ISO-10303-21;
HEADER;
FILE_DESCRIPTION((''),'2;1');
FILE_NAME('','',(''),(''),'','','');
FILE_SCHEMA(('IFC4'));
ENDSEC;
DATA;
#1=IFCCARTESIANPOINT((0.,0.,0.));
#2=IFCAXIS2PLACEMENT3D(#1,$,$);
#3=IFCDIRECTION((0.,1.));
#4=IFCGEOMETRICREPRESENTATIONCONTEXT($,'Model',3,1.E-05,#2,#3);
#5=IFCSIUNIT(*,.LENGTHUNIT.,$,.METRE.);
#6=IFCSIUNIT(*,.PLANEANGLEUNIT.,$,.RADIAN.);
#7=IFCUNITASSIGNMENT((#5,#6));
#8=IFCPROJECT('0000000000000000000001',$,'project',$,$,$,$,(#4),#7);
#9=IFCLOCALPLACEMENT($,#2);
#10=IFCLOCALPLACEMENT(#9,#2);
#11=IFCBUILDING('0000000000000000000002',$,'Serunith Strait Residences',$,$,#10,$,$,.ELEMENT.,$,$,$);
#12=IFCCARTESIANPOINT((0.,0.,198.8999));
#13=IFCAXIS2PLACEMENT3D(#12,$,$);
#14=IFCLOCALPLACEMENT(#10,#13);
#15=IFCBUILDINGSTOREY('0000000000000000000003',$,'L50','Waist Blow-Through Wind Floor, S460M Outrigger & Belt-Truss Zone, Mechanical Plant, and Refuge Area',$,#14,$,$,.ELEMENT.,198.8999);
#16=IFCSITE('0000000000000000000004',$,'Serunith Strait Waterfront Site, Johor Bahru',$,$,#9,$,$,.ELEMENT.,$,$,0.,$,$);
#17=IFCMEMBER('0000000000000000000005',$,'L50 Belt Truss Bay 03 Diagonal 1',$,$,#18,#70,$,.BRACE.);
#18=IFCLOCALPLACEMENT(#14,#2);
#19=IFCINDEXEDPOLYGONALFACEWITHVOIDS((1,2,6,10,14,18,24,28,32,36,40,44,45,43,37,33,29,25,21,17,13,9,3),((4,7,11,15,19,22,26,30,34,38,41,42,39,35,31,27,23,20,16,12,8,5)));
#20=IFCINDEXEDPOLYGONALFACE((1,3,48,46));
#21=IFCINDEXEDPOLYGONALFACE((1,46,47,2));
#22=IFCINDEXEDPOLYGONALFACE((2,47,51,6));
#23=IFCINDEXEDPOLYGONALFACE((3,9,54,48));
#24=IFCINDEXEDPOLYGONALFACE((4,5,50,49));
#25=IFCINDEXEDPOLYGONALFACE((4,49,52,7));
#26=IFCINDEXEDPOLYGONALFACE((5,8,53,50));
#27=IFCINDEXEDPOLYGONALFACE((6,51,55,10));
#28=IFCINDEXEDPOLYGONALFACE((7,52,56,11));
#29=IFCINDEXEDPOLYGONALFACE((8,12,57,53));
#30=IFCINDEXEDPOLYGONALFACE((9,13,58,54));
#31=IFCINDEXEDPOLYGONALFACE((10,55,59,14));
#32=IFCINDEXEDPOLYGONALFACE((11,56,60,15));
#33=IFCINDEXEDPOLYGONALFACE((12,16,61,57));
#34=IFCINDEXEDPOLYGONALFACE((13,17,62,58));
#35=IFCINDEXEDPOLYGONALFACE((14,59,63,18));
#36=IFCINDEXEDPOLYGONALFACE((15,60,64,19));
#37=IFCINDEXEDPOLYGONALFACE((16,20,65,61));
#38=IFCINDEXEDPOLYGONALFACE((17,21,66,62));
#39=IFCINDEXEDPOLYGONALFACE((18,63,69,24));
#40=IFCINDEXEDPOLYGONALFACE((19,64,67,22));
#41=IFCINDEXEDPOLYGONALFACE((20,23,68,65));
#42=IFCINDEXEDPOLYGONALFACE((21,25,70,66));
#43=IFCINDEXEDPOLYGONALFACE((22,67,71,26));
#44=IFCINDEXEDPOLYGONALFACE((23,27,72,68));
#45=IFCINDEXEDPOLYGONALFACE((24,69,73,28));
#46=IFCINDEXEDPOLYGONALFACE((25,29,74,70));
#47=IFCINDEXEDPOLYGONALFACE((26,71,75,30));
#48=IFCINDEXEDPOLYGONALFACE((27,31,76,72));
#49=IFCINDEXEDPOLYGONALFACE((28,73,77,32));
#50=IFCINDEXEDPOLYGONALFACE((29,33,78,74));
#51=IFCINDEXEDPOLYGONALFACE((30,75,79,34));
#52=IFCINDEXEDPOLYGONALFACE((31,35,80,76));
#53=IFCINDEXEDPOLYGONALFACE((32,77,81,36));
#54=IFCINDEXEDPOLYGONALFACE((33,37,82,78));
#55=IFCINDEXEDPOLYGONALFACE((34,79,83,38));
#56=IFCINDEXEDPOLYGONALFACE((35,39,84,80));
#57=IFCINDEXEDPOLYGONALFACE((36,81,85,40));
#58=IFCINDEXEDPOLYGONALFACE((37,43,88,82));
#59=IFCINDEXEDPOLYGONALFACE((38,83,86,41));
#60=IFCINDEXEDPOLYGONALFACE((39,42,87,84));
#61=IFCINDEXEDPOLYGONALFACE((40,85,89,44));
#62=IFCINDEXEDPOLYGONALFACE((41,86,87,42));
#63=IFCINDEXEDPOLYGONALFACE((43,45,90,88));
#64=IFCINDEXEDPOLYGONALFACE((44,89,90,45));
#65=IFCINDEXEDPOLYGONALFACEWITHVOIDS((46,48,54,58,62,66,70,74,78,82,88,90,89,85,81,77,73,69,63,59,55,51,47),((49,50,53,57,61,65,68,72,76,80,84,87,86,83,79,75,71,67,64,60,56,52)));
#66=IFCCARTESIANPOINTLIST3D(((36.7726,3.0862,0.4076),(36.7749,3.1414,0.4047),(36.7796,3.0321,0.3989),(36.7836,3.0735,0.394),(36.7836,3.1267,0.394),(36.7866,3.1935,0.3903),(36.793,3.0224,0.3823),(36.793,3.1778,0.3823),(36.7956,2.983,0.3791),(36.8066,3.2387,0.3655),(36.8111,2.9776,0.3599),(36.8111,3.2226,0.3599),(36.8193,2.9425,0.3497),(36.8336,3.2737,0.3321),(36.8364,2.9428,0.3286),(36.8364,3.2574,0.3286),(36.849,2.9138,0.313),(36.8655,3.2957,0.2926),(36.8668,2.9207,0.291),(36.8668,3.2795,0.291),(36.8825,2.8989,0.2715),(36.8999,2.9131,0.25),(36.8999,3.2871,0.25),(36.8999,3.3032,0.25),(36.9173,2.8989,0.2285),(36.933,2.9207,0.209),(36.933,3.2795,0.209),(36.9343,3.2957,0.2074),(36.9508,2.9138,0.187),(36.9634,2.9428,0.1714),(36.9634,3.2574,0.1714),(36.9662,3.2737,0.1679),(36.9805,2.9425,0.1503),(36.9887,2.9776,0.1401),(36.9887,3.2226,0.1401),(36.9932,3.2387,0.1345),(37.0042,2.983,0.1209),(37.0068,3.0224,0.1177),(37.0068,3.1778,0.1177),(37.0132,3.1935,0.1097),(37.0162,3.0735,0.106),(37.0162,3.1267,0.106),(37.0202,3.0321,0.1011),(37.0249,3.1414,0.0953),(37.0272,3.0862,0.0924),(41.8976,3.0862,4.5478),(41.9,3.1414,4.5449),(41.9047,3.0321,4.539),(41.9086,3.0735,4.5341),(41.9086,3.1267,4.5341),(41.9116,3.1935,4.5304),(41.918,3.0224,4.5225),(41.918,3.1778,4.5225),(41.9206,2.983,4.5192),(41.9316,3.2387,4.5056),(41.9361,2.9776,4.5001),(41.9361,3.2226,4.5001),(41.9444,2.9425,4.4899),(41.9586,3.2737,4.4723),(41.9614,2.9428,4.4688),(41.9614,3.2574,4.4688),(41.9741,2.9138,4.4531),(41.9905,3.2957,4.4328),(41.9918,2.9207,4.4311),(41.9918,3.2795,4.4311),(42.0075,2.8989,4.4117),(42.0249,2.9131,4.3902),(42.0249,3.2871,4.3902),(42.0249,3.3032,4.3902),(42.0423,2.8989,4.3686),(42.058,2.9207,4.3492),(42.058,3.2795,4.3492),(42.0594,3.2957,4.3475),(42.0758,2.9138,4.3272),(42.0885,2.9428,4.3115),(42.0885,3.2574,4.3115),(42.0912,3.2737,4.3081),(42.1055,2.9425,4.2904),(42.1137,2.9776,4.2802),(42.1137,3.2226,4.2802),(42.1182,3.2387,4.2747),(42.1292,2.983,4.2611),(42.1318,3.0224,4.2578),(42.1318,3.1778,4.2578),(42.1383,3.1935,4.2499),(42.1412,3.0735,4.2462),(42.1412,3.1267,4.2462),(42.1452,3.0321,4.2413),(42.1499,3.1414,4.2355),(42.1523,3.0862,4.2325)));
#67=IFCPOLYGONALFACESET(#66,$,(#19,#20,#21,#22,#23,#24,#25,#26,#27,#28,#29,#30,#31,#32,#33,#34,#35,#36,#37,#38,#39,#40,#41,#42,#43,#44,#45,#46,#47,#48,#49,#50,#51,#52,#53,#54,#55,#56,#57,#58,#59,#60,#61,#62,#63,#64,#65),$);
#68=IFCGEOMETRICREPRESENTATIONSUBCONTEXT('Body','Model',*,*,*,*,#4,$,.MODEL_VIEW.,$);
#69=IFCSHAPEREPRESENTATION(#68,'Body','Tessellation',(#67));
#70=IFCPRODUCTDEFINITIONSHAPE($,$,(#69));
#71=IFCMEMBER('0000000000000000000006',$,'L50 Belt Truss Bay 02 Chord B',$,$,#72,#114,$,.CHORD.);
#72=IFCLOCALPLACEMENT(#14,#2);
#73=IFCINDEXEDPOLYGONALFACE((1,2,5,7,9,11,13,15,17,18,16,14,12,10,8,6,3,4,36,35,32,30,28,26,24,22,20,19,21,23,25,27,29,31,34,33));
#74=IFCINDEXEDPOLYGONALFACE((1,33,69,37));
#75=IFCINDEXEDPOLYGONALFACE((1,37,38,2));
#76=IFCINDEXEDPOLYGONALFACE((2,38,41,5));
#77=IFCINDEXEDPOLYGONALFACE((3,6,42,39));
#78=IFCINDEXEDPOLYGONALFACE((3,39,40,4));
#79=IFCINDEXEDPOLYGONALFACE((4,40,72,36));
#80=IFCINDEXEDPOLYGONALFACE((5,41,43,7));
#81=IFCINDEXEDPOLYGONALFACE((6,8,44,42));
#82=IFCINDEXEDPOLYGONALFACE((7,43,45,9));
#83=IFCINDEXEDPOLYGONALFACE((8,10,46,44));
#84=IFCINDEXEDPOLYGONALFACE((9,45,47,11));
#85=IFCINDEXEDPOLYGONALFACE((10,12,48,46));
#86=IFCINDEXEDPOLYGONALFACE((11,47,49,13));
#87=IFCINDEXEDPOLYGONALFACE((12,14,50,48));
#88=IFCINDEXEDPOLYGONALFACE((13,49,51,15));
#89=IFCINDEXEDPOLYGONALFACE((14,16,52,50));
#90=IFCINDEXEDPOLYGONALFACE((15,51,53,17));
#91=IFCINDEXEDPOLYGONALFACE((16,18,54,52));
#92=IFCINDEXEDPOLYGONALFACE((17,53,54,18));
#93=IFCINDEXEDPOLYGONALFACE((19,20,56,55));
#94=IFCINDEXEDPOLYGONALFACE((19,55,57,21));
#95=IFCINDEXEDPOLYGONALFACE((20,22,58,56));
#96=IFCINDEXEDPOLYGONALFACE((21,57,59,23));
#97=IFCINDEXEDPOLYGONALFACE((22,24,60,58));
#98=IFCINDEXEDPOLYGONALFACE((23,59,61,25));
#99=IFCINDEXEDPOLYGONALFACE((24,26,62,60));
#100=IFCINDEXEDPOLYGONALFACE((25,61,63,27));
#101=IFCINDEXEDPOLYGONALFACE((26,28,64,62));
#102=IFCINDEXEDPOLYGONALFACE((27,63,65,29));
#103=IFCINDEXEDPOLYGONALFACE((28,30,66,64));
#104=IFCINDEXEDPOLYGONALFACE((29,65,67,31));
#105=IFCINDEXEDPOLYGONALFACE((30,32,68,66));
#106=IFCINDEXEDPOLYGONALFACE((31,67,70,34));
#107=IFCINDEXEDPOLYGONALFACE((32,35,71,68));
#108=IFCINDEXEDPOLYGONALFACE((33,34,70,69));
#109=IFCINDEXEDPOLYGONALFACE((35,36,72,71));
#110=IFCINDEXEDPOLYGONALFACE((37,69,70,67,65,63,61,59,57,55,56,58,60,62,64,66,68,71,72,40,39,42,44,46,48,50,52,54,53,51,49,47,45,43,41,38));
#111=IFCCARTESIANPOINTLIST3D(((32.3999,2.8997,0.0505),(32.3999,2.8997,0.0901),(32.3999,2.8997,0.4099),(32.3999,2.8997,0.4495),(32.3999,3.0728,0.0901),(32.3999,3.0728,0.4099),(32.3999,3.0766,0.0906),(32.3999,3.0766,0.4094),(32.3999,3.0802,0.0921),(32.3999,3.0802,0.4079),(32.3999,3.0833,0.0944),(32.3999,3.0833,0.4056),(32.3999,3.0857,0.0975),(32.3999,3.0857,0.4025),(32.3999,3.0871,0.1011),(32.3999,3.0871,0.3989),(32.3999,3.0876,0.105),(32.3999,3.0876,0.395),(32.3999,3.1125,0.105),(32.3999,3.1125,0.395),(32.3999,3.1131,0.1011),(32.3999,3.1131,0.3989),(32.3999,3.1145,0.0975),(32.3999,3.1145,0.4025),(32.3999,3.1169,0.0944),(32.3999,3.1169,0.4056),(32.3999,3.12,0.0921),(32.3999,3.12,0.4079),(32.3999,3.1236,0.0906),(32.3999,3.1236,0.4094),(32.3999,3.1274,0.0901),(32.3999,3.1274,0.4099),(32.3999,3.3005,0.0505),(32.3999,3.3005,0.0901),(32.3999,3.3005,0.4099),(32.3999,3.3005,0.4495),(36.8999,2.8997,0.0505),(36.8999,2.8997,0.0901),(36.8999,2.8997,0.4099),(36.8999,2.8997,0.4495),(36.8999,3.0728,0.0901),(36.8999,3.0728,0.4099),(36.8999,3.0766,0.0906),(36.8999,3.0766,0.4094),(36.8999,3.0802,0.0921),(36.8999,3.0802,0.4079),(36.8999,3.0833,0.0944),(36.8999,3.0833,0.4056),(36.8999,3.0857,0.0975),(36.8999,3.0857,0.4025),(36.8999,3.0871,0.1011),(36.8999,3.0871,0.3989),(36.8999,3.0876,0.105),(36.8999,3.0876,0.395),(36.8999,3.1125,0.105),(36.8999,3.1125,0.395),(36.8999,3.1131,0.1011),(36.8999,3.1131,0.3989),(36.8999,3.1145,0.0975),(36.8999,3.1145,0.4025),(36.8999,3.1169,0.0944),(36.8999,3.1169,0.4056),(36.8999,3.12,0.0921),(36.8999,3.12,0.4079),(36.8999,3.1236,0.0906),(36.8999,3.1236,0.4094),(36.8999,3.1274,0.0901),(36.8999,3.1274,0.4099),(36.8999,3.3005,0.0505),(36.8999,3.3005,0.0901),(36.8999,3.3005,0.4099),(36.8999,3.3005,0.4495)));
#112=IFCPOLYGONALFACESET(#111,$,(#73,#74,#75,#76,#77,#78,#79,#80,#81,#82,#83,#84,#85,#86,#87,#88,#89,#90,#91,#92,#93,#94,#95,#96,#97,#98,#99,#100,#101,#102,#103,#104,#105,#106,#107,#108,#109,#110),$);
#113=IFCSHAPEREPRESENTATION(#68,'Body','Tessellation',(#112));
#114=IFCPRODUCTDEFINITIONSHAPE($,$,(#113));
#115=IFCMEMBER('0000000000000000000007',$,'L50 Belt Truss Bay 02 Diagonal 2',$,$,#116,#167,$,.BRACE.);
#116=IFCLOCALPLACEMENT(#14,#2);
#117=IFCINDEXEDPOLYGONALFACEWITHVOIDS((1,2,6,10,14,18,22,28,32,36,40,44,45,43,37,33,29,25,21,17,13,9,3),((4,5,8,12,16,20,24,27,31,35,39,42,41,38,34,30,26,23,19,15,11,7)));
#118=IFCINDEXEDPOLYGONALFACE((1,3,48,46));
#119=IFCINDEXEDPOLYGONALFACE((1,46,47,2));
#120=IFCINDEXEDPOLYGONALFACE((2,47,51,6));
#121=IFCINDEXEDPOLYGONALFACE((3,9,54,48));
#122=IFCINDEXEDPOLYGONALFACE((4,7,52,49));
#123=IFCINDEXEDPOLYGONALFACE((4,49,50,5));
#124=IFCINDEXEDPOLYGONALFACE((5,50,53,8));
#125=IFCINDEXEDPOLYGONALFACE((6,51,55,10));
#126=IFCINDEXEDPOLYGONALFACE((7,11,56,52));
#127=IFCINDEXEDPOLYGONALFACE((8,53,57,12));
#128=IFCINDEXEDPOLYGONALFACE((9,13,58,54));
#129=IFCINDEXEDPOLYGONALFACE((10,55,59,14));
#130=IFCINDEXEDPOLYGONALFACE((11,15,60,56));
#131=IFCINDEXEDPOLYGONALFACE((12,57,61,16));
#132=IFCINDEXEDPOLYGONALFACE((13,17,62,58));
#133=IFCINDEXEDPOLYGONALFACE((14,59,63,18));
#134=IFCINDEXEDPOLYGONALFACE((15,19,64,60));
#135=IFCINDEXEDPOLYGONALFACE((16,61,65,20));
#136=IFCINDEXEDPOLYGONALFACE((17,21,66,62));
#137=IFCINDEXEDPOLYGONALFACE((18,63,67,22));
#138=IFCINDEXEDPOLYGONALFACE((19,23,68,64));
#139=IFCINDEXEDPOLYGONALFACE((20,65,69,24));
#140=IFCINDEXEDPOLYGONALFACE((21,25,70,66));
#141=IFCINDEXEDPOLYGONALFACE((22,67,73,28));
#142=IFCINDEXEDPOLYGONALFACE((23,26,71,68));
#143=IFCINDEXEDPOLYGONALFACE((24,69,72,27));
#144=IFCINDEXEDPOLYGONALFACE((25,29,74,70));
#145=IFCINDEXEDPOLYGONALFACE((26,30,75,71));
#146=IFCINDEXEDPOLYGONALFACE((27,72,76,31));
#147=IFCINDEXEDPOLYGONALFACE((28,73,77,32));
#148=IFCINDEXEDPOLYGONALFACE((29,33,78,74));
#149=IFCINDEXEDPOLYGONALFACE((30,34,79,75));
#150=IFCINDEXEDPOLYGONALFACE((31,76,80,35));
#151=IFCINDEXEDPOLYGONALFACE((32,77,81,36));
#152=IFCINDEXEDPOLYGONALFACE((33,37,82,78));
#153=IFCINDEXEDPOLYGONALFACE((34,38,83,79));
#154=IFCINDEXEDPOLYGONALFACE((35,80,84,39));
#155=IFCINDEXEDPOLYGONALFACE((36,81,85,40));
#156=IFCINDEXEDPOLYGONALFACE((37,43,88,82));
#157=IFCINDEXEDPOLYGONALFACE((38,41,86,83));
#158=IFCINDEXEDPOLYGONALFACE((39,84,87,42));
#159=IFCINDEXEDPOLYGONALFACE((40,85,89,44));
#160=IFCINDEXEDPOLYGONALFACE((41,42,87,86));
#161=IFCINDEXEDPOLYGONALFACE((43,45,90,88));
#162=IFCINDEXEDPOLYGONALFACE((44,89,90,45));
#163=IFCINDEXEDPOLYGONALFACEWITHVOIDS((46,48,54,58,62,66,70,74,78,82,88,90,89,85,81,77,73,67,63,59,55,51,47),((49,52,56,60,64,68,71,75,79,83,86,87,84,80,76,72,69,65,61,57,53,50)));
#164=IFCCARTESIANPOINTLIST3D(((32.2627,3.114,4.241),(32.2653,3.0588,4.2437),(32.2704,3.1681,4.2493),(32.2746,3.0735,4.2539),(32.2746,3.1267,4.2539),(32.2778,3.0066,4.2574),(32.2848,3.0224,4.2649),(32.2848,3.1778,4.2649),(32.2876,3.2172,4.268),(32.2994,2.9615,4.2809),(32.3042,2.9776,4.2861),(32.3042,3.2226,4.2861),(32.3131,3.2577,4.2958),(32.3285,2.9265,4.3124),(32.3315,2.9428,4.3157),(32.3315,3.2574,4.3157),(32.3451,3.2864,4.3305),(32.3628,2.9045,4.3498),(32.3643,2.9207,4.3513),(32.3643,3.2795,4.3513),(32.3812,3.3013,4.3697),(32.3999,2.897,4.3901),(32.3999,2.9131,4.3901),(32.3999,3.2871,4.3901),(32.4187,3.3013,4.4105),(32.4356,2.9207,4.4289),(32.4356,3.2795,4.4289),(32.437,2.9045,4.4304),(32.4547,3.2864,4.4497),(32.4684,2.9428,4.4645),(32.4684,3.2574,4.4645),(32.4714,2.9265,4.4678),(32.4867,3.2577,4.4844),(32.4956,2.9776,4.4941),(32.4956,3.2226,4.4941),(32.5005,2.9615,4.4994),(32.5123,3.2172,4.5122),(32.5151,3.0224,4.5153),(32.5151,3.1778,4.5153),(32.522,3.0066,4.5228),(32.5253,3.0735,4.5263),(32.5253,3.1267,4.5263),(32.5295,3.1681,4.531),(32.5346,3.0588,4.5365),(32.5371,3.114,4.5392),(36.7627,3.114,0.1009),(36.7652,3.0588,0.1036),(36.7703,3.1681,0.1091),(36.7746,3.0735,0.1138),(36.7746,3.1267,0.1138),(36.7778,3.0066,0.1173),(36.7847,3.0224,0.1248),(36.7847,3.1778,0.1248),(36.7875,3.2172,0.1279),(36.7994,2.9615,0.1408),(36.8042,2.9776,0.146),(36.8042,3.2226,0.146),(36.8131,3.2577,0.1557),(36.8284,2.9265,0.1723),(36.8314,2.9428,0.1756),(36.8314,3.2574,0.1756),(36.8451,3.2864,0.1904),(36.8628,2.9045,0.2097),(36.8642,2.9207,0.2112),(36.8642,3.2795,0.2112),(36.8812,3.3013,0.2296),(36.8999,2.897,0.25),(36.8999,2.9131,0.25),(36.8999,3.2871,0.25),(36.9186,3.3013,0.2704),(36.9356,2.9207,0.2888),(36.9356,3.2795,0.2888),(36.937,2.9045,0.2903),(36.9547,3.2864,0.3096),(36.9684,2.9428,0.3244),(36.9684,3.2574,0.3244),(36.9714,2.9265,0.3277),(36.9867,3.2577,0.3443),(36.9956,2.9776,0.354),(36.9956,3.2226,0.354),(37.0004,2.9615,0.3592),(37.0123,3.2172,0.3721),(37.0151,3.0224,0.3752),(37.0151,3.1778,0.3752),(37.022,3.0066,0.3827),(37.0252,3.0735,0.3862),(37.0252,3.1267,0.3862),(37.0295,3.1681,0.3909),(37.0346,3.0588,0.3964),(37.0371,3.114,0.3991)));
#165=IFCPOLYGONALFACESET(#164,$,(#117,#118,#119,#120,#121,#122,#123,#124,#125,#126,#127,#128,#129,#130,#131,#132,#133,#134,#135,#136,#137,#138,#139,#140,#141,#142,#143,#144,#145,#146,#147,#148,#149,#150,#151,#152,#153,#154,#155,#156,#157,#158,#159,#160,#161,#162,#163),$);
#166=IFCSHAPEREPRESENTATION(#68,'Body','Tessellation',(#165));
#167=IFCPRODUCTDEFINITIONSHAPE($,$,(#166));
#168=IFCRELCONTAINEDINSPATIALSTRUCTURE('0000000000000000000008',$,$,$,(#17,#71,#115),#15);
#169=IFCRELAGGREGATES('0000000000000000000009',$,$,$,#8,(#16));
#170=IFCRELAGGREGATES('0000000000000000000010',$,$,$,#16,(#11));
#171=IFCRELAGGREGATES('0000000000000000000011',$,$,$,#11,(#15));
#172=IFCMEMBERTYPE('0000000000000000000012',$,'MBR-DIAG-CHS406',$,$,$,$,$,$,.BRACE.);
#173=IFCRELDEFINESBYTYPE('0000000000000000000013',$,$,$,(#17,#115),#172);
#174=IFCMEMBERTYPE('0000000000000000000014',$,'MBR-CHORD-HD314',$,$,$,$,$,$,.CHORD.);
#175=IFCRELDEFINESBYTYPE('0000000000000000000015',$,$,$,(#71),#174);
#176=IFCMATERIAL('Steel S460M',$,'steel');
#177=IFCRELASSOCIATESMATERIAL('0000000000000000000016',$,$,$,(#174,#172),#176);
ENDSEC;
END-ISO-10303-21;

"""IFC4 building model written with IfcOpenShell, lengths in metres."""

from ifc_helpers import new_model, si_unit, direction, frame, origin, origin_2d, place, context, subcontext, project, spatial, hollow_circle, i_section, extrude, source, transform, mapped, material, material_profile, profile_set, type_object, element, save


model = new_model("IFC4")

# Units and contexts
model_context = context("Model", 3, precision=1e-05, world=origin(), true_north=direction((0.0, 1.0)))
body_context = subcontext(model_context, "Body", "Model", "MODEL_VIEW")
ifc_project = project(units=[si_unit("LENGTHUNIT", "METRE"), si_unit("PLANEANGLEUNIT", "RADIAN")], contexts=[model_context])

# Site, building, storey
site_placement = place(None, origin())
site = spatial("IfcSite", under=ifc_project, at=site_placement, Name="Serunith Strait Waterfront Site, Johor Bahru", CompositionType="ELEMENT", RefElevation=0.0)
building_placement = place(site_placement, origin())
building = spatial("IfcBuilding", under=site, at=building_placement, Name="Serunith Strait Residences", CompositionType="ELEMENT")
storey_placement = place(building_placement, frame((0.0, 0.0, 198.8999)))
storey = spatial("IfcBuildingStorey", under=building, at=storey_placement, Name="L50", Description="Waist Blow-Through Wind Floor, S460M Outrigger & Belt-Truss Zone, Mechanical Plant, and Refuge Area", CompositionType="ELEMENT", Elevation=198.8999)

# Members
ifc_material_1 = material(Name="Steel S460M", Category="steel")
ifc_material_profile_1 = material_profile(ifc_material_1, i_section(OverallWidth=0.4009, OverallDepth=0.3989, WebThickness=0.0249, FlangeThickness=0.0396, FilletRadius=0.0149, at=origin_2d()), Name="HD 400x314")
ifc_profile_set_1 = profile_set([ifc_material_profile_1], Name="Steel S460M")
member_type_1 = type_object("IfcMemberType", Name="MBR-CHORD-HD314", PredefinedType="CHORD", material=ifc_profile_set_1)
ifc_material_profile_2 = material_profile(ifc_material_1, hollow_circle(Radius=0.2031, WallThickness=0.0161, at=origin_2d()), Name="CHS 406.4x16")
ifc_profile_set_2 = profile_set([ifc_material_profile_2], Name="Steel S460M")
member_type_2 = type_object("IfcMemberType", Name="MBR-DIAG-CHS406", PredefinedType="BRACE", material=ifc_profile_set_2)
shared_shape_1 = source(origin(), body_context, "Body", "SweptSolid", [
    extrude(hollow_circle(Radius=0.2031, WallThickness=0.0161, at=origin_2d()), origin(), (0.0, 0.0, 1.0), 6.5884),
])
member_1_placement = place(storey_placement, frame((36.8999, 3.1001, 0.25), z_axis=(0.777888, 0.0, 0.628403), x_axis=(0.0, 1.0, 0.0)))
element("IfcMember", 1, at=member_1_placement, inside=storey, type_object=member_type_2, Name="L50 Belt Truss Bay 03 Diagonal 1", PredefinedType="BRACE", context=body_context, shape_type="MappedRepresentation", body=[
    mapped(shared_shape_1, transform((0.0, 0.0, 0.0), scale=1.0)),
])
shared_shape_2 = source(origin(), body_context, "Body", "SweptSolid", [
    extrude(i_section(OverallWidth=0.4009, OverallDepth=0.3989, WebThickness=0.0249, FlangeThickness=0.0396, FilletRadius=0.0149, at=origin_2d()), origin(), (0.0, 0.0, 1.0), 4.5),
])
member_2_placement = place(storey_placement, frame((32.3999, 3.1001, 0.25), z_axis=(1.0, 0.0, 0.0), x_axis=(0.0, 1.0, 0.0)))
element("IfcMember", 2, at=member_2_placement, inside=storey, type_object=member_type_1, Name="L50 Belt Truss Bay 02 Chord B", PredefinedType="CHORD", context=body_context, shape_type="MappedRepresentation", body=[
    mapped(shared_shape_2, transform((0.0, 0.0, 0.0), scale=1.0)),
])
shared_shape_3 = source(origin(), body_context, "Body", "SweptSolid", [
    extrude(hollow_circle(Radius=0.2031, WallThickness=0.0161, at=origin_2d()), origin(), (0.0, 0.0, 1.0), 6.1147),
])
member_3_placement = place(storey_placement, frame((36.8999, 3.1001, 0.25), z_axis=(-0.73592, 0.0, 0.677069), x_axis=(0.0, -1.0, 0.0)))
element("IfcMember", 3, at=member_3_placement, inside=storey, type_object=member_type_2, Name="L50 Belt Truss Bay 02 Diagonal 2", PredefinedType="BRACE", context=body_context, shape_type="MappedRepresentation", body=[
    mapped(shared_shape_3, transform((0.0, 0.0, 0.0), scale=1.0)),
])

save(model, "model.ifc")
